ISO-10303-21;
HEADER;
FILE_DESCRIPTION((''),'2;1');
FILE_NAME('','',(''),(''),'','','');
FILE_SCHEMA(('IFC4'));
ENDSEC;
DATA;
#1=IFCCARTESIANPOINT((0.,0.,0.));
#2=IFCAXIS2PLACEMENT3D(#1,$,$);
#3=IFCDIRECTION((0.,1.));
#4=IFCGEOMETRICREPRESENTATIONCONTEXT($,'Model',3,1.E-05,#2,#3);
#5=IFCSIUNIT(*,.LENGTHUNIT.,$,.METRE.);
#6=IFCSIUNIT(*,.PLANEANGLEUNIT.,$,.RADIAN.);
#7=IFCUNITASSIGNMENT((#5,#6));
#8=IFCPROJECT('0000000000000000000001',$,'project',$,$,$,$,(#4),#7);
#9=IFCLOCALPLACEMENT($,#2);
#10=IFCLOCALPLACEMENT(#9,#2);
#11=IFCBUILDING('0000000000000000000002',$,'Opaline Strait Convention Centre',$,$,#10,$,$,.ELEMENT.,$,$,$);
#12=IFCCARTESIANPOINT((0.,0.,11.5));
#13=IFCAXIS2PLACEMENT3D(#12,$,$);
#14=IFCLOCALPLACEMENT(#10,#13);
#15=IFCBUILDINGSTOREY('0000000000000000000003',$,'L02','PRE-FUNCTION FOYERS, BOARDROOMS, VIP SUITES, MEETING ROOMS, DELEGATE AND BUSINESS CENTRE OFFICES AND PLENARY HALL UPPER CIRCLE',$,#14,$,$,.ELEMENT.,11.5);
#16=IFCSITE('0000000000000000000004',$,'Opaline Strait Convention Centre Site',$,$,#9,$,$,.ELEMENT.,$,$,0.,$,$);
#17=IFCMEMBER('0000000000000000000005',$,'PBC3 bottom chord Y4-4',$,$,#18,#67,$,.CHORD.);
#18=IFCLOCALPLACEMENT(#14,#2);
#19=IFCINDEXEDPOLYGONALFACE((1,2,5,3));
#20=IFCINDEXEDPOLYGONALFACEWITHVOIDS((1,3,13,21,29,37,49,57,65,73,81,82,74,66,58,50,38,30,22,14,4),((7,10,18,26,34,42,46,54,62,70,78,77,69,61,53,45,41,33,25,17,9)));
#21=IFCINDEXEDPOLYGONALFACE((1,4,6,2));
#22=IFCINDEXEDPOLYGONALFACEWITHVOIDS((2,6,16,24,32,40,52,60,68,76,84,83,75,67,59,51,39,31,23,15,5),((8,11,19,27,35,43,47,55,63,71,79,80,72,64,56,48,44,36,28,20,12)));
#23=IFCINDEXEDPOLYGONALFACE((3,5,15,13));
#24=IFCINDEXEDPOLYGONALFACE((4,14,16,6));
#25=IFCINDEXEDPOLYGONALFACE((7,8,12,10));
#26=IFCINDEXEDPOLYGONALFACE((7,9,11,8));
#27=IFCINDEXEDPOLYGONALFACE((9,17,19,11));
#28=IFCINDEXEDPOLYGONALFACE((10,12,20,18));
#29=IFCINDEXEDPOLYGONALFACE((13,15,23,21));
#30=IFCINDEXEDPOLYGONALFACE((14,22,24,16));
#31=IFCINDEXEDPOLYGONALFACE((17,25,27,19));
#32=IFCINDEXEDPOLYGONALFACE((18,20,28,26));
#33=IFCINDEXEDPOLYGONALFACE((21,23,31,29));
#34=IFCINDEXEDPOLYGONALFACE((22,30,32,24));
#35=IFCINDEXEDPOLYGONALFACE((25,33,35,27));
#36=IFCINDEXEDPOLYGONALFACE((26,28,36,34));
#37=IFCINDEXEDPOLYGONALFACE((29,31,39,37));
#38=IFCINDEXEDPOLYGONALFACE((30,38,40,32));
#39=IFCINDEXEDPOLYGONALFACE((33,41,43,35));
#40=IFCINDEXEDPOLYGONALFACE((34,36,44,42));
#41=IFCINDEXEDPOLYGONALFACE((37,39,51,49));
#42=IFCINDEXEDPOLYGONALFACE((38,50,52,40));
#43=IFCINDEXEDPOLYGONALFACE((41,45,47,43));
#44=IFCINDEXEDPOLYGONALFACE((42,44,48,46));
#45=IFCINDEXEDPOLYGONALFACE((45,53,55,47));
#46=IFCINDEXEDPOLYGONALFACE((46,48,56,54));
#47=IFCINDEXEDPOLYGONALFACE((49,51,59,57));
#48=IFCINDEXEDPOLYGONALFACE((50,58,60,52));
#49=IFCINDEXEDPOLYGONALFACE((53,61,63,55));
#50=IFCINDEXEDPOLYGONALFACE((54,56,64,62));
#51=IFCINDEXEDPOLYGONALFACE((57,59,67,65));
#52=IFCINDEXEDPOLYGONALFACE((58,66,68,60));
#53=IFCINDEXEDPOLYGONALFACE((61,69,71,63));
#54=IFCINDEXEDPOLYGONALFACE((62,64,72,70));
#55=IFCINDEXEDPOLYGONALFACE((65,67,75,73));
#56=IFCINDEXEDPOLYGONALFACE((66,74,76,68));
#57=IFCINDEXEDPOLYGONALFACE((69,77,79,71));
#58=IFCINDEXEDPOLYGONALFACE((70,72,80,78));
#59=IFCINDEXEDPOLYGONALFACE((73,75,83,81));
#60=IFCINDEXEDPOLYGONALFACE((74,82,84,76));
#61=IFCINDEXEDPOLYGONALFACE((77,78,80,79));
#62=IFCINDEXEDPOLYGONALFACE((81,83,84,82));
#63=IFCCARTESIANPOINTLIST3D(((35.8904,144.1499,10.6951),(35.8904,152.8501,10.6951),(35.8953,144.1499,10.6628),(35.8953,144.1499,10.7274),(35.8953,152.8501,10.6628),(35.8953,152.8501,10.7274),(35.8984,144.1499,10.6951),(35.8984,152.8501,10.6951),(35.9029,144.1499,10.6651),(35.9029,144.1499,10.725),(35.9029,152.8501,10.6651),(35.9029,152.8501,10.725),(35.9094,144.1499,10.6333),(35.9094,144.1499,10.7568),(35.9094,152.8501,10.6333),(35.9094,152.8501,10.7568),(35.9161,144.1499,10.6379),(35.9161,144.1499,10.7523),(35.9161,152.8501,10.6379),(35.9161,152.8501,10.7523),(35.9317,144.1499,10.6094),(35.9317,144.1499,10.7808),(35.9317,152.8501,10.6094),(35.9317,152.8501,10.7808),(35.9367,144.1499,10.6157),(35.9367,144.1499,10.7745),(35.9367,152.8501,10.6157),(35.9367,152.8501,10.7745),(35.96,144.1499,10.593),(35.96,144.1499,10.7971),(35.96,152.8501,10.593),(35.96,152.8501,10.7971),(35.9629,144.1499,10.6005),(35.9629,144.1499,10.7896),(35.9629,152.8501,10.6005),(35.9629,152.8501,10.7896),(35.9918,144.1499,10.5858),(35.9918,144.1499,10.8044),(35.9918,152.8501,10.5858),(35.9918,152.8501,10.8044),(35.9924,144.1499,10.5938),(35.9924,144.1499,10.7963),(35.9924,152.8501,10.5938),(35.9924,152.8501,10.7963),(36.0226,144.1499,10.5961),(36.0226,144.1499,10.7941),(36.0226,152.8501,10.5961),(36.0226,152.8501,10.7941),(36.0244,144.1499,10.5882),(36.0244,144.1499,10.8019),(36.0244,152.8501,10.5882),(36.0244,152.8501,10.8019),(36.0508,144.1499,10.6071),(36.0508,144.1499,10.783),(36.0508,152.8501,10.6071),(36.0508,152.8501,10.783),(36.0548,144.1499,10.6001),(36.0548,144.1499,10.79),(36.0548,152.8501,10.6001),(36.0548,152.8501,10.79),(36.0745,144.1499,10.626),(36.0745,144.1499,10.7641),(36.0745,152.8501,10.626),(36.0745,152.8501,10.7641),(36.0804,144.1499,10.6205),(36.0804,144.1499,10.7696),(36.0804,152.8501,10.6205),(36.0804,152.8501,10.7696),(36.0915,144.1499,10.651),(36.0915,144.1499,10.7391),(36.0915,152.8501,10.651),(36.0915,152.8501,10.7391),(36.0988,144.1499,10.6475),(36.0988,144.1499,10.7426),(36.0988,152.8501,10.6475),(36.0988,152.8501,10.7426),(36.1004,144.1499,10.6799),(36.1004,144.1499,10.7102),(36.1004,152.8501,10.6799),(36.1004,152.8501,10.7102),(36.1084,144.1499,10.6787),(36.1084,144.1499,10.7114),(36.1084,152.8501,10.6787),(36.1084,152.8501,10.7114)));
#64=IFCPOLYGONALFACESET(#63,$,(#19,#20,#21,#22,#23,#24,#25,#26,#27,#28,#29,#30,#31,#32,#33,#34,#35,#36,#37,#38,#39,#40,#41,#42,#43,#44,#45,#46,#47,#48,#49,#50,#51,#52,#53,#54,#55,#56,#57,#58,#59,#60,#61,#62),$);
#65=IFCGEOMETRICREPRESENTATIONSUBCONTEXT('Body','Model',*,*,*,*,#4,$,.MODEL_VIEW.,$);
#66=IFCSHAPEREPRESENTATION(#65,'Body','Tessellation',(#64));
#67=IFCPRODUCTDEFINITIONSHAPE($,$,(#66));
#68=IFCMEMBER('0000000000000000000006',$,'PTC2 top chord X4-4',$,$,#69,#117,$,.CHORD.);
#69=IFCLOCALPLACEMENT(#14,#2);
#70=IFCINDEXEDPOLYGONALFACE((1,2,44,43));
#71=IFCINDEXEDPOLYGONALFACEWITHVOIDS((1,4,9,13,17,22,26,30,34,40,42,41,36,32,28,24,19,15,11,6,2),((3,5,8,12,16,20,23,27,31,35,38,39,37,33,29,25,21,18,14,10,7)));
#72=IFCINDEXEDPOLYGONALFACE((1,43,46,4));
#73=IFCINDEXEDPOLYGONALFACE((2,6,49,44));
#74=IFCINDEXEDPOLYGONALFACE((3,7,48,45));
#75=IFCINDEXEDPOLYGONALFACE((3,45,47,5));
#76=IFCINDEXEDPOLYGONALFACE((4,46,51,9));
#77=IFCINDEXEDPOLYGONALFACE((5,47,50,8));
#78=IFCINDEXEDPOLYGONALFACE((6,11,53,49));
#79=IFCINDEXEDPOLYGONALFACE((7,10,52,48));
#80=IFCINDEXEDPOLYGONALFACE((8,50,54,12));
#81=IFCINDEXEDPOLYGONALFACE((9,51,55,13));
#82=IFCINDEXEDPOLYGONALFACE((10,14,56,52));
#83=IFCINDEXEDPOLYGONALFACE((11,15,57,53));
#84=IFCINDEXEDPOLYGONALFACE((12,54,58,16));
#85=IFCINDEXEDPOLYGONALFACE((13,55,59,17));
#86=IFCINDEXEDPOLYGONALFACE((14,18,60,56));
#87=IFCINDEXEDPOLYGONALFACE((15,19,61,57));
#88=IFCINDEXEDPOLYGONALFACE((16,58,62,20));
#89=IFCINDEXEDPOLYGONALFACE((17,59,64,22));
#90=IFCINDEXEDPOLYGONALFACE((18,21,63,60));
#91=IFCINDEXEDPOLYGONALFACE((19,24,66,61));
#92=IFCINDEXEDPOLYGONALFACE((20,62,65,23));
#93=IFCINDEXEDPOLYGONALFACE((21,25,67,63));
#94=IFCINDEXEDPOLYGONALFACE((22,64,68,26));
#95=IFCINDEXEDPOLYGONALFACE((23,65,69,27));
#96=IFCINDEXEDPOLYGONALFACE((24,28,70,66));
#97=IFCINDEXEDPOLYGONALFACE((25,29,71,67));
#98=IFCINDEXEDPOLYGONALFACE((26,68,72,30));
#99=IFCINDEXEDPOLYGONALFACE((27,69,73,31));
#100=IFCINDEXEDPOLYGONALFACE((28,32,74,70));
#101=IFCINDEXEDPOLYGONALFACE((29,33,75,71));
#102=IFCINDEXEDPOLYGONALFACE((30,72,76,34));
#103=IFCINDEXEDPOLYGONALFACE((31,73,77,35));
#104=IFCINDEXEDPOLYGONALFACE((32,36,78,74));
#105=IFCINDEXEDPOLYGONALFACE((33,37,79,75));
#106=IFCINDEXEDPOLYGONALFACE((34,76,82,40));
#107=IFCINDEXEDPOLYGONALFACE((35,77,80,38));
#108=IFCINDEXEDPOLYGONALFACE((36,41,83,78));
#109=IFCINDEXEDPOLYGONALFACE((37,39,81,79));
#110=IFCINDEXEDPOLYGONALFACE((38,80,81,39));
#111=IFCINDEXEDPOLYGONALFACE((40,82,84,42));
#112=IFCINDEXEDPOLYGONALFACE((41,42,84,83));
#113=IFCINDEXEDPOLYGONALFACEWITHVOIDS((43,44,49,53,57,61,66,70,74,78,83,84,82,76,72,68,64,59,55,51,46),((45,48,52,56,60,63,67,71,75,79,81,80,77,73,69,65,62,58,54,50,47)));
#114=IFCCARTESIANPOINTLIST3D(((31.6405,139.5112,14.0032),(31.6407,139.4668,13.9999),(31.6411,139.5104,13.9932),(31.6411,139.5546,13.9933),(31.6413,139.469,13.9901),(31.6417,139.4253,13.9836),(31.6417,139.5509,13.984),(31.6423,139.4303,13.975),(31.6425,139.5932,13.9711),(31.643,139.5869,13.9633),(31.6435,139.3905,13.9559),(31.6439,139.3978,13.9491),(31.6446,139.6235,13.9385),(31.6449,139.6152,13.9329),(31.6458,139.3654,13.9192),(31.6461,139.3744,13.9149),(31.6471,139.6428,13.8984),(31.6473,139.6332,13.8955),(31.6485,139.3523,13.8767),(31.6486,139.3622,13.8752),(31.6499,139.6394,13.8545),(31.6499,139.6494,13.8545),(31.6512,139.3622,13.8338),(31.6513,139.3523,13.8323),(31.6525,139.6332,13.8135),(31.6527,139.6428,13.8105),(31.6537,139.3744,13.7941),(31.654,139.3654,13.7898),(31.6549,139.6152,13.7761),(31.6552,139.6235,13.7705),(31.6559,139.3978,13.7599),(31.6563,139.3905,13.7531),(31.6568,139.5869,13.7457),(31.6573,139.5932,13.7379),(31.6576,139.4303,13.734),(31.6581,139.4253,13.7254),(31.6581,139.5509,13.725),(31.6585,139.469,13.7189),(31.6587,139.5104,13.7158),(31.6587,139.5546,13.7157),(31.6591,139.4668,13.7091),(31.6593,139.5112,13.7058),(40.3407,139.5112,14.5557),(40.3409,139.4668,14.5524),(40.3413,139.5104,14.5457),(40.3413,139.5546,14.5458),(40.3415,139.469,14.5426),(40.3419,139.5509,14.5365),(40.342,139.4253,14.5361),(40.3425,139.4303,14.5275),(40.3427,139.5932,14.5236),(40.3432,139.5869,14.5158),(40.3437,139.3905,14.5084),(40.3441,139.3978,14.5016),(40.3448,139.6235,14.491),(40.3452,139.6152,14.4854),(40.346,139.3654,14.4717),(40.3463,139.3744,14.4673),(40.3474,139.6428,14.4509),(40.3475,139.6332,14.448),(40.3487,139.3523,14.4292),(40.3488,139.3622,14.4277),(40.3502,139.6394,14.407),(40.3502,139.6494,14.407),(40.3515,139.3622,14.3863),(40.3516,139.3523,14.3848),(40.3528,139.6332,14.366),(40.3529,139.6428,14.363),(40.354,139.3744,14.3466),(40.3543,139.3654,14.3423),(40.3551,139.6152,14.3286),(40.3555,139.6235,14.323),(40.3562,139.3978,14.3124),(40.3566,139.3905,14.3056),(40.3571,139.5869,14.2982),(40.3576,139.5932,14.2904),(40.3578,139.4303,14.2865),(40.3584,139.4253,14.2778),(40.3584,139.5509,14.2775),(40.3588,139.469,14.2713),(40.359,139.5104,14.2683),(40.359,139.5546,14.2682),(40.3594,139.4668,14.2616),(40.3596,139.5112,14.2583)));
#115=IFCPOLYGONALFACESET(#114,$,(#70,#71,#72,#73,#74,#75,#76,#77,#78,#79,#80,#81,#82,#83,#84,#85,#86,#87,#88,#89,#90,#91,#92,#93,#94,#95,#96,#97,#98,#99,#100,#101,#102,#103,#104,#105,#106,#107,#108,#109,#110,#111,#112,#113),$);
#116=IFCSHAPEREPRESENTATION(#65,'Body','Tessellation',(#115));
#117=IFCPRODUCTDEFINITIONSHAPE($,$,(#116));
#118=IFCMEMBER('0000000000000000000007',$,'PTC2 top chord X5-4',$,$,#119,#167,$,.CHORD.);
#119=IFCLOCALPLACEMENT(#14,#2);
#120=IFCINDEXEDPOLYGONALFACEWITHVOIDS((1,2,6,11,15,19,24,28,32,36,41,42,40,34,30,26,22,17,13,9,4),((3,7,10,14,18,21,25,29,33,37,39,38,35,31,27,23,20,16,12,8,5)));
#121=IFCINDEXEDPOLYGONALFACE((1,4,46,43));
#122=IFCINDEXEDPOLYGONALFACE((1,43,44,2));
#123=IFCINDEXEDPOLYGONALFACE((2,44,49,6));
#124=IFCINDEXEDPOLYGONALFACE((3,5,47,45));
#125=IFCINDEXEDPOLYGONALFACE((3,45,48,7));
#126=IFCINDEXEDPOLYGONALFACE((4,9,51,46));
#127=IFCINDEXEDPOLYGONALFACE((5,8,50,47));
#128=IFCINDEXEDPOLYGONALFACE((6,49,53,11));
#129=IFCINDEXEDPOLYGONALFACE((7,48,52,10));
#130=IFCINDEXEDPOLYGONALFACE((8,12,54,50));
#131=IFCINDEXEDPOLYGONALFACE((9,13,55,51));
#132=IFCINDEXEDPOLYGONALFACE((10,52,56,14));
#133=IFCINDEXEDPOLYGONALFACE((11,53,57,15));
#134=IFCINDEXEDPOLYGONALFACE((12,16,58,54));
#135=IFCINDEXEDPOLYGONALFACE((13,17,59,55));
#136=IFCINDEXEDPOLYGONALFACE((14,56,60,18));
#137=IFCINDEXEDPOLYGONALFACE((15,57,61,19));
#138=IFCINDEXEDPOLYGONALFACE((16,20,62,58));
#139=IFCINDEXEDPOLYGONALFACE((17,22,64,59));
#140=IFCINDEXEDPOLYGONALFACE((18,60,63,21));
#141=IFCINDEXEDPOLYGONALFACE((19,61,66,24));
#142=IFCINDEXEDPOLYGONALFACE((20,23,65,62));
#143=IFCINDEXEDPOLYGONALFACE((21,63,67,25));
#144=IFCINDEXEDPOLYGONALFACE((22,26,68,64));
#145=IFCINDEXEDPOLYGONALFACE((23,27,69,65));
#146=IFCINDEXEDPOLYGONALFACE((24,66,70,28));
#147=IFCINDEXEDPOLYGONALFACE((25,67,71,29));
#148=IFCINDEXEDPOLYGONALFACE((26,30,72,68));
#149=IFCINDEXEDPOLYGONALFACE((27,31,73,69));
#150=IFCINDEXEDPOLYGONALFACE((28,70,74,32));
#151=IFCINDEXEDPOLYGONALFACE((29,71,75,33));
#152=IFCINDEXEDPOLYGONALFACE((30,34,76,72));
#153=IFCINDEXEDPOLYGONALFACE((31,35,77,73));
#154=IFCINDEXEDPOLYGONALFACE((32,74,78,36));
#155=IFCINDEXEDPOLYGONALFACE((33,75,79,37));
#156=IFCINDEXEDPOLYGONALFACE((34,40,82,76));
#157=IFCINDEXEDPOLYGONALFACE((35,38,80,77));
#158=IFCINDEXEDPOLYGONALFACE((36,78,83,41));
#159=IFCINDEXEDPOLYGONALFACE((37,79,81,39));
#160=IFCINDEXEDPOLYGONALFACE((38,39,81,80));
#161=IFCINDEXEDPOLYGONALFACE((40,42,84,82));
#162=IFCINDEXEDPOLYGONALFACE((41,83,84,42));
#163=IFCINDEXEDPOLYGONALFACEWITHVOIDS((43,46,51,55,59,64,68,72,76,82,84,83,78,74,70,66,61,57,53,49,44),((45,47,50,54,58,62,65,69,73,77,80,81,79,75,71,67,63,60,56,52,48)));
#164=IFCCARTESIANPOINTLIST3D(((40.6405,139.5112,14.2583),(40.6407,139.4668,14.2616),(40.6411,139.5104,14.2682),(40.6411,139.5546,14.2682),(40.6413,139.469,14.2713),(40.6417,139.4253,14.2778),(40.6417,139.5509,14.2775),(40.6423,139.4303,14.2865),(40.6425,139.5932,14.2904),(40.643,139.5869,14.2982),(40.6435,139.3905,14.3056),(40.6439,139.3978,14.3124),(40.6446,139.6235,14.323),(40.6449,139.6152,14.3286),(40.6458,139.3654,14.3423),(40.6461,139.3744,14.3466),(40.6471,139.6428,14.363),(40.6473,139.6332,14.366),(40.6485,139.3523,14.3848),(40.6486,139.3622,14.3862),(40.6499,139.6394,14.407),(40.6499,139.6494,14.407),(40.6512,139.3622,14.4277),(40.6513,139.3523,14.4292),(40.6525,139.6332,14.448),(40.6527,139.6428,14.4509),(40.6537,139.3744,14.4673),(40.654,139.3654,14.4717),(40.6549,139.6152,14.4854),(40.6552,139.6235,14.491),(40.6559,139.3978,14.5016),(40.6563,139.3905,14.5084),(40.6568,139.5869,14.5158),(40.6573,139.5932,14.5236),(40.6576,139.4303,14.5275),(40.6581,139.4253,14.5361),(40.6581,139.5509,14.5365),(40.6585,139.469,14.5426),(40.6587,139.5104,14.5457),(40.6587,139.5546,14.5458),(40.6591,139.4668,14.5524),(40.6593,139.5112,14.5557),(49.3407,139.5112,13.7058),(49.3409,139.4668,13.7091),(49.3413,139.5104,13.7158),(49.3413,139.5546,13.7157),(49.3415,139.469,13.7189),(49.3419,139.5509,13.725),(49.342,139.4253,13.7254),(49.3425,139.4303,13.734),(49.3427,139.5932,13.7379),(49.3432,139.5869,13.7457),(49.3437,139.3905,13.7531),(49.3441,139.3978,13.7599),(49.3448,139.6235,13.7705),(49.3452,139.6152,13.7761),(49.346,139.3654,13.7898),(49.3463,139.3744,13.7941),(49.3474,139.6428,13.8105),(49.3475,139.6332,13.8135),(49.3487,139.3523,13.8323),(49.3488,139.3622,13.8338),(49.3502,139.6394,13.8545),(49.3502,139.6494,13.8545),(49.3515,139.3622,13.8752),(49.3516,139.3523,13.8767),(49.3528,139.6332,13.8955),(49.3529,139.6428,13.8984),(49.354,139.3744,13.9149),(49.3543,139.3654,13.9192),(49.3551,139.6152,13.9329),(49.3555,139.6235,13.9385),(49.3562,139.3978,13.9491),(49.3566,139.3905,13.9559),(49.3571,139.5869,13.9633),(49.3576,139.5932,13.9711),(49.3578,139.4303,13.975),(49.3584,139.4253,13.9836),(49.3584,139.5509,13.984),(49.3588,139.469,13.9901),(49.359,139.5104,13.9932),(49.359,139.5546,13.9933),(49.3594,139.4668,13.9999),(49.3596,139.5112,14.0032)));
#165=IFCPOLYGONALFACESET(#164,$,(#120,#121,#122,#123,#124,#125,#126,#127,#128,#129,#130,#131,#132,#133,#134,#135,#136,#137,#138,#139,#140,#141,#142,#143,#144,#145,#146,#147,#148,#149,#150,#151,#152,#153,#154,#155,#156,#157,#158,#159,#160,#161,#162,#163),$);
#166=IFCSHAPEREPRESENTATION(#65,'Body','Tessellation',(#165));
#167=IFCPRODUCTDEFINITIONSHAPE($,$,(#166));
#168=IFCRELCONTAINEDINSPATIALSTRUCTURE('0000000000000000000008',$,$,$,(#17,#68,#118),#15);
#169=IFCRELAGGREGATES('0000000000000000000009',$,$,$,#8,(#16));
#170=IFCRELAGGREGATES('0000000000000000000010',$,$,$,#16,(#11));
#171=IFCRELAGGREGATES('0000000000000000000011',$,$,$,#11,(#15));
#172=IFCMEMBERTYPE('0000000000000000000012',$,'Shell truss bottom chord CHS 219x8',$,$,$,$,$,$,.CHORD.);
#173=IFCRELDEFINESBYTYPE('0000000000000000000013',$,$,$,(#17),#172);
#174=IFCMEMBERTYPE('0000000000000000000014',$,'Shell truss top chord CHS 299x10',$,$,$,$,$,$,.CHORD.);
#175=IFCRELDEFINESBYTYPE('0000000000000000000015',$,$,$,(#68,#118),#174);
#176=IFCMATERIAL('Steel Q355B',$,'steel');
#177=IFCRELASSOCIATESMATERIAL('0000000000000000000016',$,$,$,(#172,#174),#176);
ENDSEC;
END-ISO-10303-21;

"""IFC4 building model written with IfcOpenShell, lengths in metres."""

from ifc_helpers import new_model, si_unit, direction, frame, origin, origin_2d, place, context, subcontext, project, spatial, hollow_circle, extrude, material, material_profile, profile_set, type_object, element, save


model = new_model("IFC4")

# Units and contexts
model_context = context("Model", 3, precision=1e-05, world=origin(), true_north=direction((0.0, 1.0)))
body_context = subcontext(model_context, "Body", "Model", "MODEL_VIEW")
ifc_project = project(units=[si_unit("LENGTHUNIT", "METRE"), si_unit("PLANEANGLEUNIT", "RADIAN")], contexts=[model_context])

# Site, building, storey
site_placement = place(None, origin())
site = spatial("IfcSite", under=ifc_project, at=site_placement, Name="Opaline Strait Convention Centre Site", CompositionType="ELEMENT", RefElevation=0.0)
building_placement = place(site_placement, origin())
building = spatial("IfcBuilding", under=site, at=building_placement, Name="Opaline Strait Convention Centre", CompositionType="ELEMENT")
storey_placement = place(building_placement, frame((0.0, 0.0, 11.5)))
storey = spatial("IfcBuildingStorey", under=building, at=storey_placement, Name="L02", Description="PRE-FUNCTION FOYERS, BOARDROOMS, VIP SUITES, MEETING ROOMS, DELEGATE AND BUSINESS CENTRE OFFICES AND PLENARY HALL UPPER CIRCLE", CompositionType="ELEMENT", Elevation=11.5)

# Members
ifc_material_1 = material(Name="Steel Q355B", Category="steel")
ifc_material_profile_1 = material_profile(ifc_material_1, hollow_circle(Radius=0.1096, WallThickness=0.0081, at=origin_2d()), Name="CHS 219x8")
ifc_profile_set_1 = profile_set([ifc_material_profile_1], Name="Steel Q355B")
member_type_1 = type_object("IfcMemberType", Name="Shell truss bottom chord CHS 219x8", PredefinedType="CHORD", material=ifc_profile_set_1)
member_1_placement = place(storey_placement, frame((36.0, 144.1499, 10.6951), z_axis=(0.0, 1.0, 0.0), x_axis=(-1.0, 0.0, 0.0)))
element("IfcMember", 1, at=member_1_placement, inside=storey, type_object=member_type_1, Name="PBC3 bottom chord Y4-4", PredefinedType="CHORD", context=body_context, shape_type="SweptSolid", body=[
    extrude(hollow_circle(Radius=0.1096, WallThickness=0.0081, at=origin_2d()), origin(), (0.0, 0.0, 1.0), 8.7002),
])
ifc_material_profile_2 = material_profile(ifc_material_1, hollow_circle(Radius=0.1494, WallThickness=0.01, at=origin_2d()), Name="CHS 299x10")
ifc_profile_set_2 = profile_set([ifc_material_profile_2], Name="Steel Q355B")
member_type_2 = type_object("IfcMemberType", Name="Shell truss top chord CHS 299x10", PredefinedType="CHORD", material=ifc_profile_set_2)
for number, where, z_axis, x_axis, name in (
    (2, (31.6499, 139.5, 13.8545), (0.99799, 0.0, 0.063376), (0.0, 1.0, 0.0), "PTC2 top chord X4-4"),
    (3, (40.6499, 139.5, 14.407), (0.99799, 0.0, -0.063376), (0.0, 1.0, 0.0), "PTC2 top chord X5-4"),
):
    element("IfcMember", number, at=place(storey_placement, frame(where, z_axis=z_axis, x_axis=x_axis)), inside=storey, type_object=member_type_2, Name=name, PredefinedType="CHORD", context=body_context, shape_type="SweptSolid", body=[
        extrude(hollow_circle(Radius=0.1494, WallThickness=0.01, at=origin_2d()), origin(), (0.0, 0.0, 1.0), 8.7178),
    ])

save(model, "model.ifc")
